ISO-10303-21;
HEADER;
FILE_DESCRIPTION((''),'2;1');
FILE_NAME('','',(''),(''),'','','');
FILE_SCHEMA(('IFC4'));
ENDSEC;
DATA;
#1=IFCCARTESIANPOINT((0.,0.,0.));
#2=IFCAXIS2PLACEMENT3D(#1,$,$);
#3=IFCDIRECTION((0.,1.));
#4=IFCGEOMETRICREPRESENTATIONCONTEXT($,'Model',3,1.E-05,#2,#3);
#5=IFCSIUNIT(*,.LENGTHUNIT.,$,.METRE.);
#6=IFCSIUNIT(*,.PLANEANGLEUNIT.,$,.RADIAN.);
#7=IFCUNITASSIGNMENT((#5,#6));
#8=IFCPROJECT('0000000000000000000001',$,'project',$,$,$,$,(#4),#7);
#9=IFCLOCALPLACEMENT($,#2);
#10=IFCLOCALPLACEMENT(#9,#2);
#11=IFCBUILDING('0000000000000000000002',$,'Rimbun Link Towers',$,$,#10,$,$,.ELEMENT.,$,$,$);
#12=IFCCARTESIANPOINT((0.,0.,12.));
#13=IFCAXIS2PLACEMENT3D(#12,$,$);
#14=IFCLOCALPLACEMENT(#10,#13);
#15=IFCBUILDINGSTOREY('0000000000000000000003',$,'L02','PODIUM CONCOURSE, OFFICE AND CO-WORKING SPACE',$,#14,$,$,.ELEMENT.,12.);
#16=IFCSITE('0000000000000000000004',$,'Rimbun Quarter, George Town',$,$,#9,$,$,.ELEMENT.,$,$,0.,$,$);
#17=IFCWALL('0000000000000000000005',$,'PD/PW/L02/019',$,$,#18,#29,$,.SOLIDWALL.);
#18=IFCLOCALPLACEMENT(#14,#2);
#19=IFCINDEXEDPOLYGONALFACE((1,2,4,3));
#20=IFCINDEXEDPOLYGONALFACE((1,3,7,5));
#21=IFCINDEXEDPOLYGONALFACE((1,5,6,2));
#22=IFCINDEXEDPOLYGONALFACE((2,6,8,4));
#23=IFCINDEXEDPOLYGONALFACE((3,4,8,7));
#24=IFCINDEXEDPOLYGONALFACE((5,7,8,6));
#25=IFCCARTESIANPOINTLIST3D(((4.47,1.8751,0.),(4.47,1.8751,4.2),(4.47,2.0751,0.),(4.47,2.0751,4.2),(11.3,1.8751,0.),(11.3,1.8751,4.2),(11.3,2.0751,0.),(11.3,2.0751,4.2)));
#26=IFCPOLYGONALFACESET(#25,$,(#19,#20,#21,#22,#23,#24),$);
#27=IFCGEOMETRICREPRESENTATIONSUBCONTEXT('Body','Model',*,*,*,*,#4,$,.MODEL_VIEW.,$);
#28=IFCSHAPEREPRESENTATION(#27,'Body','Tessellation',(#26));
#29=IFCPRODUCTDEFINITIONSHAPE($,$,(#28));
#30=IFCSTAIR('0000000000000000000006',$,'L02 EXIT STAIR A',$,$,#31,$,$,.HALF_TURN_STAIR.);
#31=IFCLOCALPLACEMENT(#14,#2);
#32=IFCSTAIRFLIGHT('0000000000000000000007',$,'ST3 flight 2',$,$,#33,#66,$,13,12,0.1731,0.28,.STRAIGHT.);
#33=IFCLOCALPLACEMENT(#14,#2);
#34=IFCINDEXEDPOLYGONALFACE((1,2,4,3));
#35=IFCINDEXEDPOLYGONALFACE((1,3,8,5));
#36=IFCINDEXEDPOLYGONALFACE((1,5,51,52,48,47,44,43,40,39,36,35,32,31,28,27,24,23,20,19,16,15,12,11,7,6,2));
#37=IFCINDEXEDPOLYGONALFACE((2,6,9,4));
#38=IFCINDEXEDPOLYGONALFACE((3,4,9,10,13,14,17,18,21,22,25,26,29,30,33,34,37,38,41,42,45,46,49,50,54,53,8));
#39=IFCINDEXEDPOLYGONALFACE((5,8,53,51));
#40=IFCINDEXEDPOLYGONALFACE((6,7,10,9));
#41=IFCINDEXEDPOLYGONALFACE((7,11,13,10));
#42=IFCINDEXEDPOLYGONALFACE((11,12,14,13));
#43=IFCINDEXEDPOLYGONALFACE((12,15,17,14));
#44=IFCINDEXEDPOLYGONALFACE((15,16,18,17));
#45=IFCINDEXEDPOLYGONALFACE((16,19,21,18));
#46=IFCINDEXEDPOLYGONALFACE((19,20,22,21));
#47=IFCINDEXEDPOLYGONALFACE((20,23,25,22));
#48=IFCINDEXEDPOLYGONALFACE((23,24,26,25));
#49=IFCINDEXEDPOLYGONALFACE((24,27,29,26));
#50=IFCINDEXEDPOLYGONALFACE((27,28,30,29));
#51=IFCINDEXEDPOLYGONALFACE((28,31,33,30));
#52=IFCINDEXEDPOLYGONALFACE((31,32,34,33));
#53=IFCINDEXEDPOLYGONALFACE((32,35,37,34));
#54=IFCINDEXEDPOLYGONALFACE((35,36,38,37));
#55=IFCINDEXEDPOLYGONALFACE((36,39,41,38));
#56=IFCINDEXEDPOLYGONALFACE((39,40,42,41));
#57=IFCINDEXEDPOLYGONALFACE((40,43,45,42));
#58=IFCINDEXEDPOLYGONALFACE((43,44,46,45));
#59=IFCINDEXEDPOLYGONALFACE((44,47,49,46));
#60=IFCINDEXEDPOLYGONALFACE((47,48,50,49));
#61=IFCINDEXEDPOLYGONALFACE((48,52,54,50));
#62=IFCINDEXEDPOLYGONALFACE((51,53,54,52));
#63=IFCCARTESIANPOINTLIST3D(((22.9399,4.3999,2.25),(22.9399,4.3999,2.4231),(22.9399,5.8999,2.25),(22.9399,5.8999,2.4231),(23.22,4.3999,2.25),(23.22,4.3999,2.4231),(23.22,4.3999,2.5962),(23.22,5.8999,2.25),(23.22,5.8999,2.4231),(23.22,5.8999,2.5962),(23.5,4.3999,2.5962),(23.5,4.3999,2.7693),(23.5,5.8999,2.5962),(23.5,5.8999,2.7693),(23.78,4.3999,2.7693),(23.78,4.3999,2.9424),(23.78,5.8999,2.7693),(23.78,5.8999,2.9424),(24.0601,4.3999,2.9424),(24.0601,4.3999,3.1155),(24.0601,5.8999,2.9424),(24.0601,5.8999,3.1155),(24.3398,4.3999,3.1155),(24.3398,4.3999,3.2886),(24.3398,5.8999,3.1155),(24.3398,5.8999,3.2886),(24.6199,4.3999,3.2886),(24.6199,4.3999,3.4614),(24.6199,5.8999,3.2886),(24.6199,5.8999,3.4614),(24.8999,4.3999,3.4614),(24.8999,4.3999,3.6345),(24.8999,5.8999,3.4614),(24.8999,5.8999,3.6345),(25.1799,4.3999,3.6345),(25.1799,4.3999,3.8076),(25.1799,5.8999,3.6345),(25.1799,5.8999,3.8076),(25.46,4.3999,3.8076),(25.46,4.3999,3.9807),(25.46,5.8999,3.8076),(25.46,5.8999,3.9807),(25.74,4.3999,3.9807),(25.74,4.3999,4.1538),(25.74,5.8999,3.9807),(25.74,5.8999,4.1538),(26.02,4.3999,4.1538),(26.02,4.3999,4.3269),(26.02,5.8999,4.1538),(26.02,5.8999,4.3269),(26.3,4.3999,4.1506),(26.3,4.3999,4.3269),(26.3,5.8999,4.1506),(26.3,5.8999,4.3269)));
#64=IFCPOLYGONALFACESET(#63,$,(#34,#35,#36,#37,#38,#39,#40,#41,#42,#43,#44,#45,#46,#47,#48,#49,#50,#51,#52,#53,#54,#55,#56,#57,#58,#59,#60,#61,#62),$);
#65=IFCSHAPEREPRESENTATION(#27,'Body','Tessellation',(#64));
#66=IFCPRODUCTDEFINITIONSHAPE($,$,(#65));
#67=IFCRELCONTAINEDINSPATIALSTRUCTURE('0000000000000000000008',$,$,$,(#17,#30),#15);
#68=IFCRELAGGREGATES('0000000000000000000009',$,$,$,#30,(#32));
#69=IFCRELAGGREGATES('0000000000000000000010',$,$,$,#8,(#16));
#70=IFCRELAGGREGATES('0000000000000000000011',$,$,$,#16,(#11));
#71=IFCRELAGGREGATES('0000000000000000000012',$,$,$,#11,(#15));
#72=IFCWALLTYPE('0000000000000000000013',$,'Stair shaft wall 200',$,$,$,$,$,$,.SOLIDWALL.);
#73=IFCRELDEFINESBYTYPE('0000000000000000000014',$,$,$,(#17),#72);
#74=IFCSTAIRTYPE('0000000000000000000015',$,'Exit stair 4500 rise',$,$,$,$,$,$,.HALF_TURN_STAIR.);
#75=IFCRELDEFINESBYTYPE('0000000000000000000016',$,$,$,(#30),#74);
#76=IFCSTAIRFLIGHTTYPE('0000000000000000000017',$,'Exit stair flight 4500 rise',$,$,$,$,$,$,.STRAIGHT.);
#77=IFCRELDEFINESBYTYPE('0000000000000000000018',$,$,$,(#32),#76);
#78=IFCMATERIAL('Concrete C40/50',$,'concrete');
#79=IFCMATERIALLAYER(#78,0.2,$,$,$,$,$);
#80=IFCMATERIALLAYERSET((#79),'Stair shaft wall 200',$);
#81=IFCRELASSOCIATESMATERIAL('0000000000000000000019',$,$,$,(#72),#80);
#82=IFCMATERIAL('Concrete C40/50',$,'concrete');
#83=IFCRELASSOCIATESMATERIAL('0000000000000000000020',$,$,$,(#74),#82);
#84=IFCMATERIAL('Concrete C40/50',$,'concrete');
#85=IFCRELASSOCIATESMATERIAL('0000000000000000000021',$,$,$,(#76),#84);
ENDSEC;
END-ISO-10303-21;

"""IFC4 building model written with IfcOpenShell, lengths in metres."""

from ifc_helpers import new_model, si_unit, direction, frame, frame_2d, origin, place, context, subcontext, project, spatial, polyline, rectangle, outline, extrude, material, layer, layer_set, type_object, element, aggregate, save


model = new_model("IFC4")

# Units and contexts
model_context = context("Model", 3, precision=1e-05, world=origin(), true_north=direction((0.0, 1.0)))
body_context = subcontext(model_context, "Body", "Model", "MODEL_VIEW")
ifc_project = project(units=[si_unit("LENGTHUNIT", "METRE"), si_unit("PLANEANGLEUNIT", "RADIAN")], contexts=[model_context])

# Site, building, storey
site_placement = place(None, origin())
site = spatial("IfcSite", under=ifc_project, at=site_placement, Name="Rimbun Quarter, George Town", CompositionType="ELEMENT", RefElevation=0.0)
building_placement = place(site_placement, origin())
building = spatial("IfcBuilding", under=site, at=building_placement, Name="Rimbun Link Towers", CompositionType="ELEMENT")
storey_placement = place(building_placement, frame((0.0, 0.0, 12.0)))
storey = spatial("IfcBuildingStorey", under=building, at=storey_placement, Name="L02", Description="PODIUM CONCOURSE, OFFICE AND CO-WORKING SPACE", CompositionType="ELEMENT", Elevation=12.0)

# Wall
ifc_material_1 = material(Name="Concrete C40/50", Category="concrete")
ifc_layer_1 = layer(ifc_material_1, 0.2)
ifc_layer_set_1 = layer_set([ifc_layer_1], Name="Stair shaft wall 200")
wall_type_1 = type_object("IfcWallType", Name="Stair shaft wall 200", PredefinedType="SOLIDWALL", material=ifc_layer_set_1)
wall_1_placement = place(storey_placement, frame((11.3, 1.9751, 0.0), z_axis=(0.0, 0.0, 1.0), x_axis=(-1.0, 0.0, 0.0)))
element("IfcWall", 1, at=wall_1_placement, inside=storey, type_object=wall_type_1, Name="PD/PW/L02/019", PredefinedType="SOLIDWALL", context=body_context, shape_type="SweptSolid", body=[
    extrude(rectangle(XDim=6.8301, YDim=0.2, at=frame_2d((3.415, 0.0))), origin(), (0.0, 0.0, 1.0), 4.2),
])

# Stair, stair flight
ifc_material_2 = material(Name="Concrete C40/50", Category="concrete")
stair_type = type_object("IfcStairType", Name="Exit stair 4500 rise", PredefinedType="HALF_TURN_STAIR", material=ifc_material_2)
stair_placement = place(storey_placement, origin())
stair = element("IfcStair", 2, at=stair_placement, inside=storey, type_object=stair_type, Name="L02 EXIT STAIR A", PredefinedType="HALF_TURN_STAIR")
ifc_material_3 = material(Name="Concrete C40/50", Category="concrete")
stair_flight_type = type_object("IfcStairFlightType", Name="Exit stair flight 4500 rise", PredefinedType="STRAIGHT", material=ifc_material_3)
stair_flight_placement = place(storey_placement, frame((22.9399, 5.1499, 2.25), z_axis=(0.0, 0.0, 1.0), x_axis=(1.0, 0.0, 0.0)))
stair_flight = element("IfcStairFlight", 3, at=stair_flight_placement, type_object=stair_flight_type, Name="ST3 flight 2", NumberOfRisers=13, NumberOfTreads=12, PredefinedType="STRAIGHT", RiserHeight=0.1731, TreadLength=0.28, context=body_context, shape_type="SweptSolid", body=[
    extrude(outline(polyline([(0.0, 0.0), (0.0, 0.1731), (0.28, 0.1731), (0.28, 0.3462), (0.5601, 0.3462), (0.5601, 0.5193), (0.8401, 0.5193), (0.8401, 0.6924), (1.1201, 0.6924), (1.1201, 0.8655), (1.3999, 0.8655), (1.3999, 1.0386), (1.6799, 1.0386), (1.6799, 1.2114), (1.96, 1.2114), (1.96, 1.3845), (2.24, 1.3845), (2.24, 1.5576), (2.52, 1.5576), (2.52, 1.7307), (2.8, 1.7307), (2.8, 1.9038), (3.0801, 1.9038), (3.0801, 2.0769), (3.3601, 2.0769), (3.3601, 2.25), (3.3601, 1.9006), (0.28, 0.0), (0.0, 0.0)])), frame((0.0, 0.75, 0.0), z_axis=(0.0, -1.0, 0.0), x_axis=(1.0, 0.0, 0.0)), (0.0, 0.0, 1.0), 1.5),
])
aggregate(stair, [stair_flight])

save(model, "model.ifc")
